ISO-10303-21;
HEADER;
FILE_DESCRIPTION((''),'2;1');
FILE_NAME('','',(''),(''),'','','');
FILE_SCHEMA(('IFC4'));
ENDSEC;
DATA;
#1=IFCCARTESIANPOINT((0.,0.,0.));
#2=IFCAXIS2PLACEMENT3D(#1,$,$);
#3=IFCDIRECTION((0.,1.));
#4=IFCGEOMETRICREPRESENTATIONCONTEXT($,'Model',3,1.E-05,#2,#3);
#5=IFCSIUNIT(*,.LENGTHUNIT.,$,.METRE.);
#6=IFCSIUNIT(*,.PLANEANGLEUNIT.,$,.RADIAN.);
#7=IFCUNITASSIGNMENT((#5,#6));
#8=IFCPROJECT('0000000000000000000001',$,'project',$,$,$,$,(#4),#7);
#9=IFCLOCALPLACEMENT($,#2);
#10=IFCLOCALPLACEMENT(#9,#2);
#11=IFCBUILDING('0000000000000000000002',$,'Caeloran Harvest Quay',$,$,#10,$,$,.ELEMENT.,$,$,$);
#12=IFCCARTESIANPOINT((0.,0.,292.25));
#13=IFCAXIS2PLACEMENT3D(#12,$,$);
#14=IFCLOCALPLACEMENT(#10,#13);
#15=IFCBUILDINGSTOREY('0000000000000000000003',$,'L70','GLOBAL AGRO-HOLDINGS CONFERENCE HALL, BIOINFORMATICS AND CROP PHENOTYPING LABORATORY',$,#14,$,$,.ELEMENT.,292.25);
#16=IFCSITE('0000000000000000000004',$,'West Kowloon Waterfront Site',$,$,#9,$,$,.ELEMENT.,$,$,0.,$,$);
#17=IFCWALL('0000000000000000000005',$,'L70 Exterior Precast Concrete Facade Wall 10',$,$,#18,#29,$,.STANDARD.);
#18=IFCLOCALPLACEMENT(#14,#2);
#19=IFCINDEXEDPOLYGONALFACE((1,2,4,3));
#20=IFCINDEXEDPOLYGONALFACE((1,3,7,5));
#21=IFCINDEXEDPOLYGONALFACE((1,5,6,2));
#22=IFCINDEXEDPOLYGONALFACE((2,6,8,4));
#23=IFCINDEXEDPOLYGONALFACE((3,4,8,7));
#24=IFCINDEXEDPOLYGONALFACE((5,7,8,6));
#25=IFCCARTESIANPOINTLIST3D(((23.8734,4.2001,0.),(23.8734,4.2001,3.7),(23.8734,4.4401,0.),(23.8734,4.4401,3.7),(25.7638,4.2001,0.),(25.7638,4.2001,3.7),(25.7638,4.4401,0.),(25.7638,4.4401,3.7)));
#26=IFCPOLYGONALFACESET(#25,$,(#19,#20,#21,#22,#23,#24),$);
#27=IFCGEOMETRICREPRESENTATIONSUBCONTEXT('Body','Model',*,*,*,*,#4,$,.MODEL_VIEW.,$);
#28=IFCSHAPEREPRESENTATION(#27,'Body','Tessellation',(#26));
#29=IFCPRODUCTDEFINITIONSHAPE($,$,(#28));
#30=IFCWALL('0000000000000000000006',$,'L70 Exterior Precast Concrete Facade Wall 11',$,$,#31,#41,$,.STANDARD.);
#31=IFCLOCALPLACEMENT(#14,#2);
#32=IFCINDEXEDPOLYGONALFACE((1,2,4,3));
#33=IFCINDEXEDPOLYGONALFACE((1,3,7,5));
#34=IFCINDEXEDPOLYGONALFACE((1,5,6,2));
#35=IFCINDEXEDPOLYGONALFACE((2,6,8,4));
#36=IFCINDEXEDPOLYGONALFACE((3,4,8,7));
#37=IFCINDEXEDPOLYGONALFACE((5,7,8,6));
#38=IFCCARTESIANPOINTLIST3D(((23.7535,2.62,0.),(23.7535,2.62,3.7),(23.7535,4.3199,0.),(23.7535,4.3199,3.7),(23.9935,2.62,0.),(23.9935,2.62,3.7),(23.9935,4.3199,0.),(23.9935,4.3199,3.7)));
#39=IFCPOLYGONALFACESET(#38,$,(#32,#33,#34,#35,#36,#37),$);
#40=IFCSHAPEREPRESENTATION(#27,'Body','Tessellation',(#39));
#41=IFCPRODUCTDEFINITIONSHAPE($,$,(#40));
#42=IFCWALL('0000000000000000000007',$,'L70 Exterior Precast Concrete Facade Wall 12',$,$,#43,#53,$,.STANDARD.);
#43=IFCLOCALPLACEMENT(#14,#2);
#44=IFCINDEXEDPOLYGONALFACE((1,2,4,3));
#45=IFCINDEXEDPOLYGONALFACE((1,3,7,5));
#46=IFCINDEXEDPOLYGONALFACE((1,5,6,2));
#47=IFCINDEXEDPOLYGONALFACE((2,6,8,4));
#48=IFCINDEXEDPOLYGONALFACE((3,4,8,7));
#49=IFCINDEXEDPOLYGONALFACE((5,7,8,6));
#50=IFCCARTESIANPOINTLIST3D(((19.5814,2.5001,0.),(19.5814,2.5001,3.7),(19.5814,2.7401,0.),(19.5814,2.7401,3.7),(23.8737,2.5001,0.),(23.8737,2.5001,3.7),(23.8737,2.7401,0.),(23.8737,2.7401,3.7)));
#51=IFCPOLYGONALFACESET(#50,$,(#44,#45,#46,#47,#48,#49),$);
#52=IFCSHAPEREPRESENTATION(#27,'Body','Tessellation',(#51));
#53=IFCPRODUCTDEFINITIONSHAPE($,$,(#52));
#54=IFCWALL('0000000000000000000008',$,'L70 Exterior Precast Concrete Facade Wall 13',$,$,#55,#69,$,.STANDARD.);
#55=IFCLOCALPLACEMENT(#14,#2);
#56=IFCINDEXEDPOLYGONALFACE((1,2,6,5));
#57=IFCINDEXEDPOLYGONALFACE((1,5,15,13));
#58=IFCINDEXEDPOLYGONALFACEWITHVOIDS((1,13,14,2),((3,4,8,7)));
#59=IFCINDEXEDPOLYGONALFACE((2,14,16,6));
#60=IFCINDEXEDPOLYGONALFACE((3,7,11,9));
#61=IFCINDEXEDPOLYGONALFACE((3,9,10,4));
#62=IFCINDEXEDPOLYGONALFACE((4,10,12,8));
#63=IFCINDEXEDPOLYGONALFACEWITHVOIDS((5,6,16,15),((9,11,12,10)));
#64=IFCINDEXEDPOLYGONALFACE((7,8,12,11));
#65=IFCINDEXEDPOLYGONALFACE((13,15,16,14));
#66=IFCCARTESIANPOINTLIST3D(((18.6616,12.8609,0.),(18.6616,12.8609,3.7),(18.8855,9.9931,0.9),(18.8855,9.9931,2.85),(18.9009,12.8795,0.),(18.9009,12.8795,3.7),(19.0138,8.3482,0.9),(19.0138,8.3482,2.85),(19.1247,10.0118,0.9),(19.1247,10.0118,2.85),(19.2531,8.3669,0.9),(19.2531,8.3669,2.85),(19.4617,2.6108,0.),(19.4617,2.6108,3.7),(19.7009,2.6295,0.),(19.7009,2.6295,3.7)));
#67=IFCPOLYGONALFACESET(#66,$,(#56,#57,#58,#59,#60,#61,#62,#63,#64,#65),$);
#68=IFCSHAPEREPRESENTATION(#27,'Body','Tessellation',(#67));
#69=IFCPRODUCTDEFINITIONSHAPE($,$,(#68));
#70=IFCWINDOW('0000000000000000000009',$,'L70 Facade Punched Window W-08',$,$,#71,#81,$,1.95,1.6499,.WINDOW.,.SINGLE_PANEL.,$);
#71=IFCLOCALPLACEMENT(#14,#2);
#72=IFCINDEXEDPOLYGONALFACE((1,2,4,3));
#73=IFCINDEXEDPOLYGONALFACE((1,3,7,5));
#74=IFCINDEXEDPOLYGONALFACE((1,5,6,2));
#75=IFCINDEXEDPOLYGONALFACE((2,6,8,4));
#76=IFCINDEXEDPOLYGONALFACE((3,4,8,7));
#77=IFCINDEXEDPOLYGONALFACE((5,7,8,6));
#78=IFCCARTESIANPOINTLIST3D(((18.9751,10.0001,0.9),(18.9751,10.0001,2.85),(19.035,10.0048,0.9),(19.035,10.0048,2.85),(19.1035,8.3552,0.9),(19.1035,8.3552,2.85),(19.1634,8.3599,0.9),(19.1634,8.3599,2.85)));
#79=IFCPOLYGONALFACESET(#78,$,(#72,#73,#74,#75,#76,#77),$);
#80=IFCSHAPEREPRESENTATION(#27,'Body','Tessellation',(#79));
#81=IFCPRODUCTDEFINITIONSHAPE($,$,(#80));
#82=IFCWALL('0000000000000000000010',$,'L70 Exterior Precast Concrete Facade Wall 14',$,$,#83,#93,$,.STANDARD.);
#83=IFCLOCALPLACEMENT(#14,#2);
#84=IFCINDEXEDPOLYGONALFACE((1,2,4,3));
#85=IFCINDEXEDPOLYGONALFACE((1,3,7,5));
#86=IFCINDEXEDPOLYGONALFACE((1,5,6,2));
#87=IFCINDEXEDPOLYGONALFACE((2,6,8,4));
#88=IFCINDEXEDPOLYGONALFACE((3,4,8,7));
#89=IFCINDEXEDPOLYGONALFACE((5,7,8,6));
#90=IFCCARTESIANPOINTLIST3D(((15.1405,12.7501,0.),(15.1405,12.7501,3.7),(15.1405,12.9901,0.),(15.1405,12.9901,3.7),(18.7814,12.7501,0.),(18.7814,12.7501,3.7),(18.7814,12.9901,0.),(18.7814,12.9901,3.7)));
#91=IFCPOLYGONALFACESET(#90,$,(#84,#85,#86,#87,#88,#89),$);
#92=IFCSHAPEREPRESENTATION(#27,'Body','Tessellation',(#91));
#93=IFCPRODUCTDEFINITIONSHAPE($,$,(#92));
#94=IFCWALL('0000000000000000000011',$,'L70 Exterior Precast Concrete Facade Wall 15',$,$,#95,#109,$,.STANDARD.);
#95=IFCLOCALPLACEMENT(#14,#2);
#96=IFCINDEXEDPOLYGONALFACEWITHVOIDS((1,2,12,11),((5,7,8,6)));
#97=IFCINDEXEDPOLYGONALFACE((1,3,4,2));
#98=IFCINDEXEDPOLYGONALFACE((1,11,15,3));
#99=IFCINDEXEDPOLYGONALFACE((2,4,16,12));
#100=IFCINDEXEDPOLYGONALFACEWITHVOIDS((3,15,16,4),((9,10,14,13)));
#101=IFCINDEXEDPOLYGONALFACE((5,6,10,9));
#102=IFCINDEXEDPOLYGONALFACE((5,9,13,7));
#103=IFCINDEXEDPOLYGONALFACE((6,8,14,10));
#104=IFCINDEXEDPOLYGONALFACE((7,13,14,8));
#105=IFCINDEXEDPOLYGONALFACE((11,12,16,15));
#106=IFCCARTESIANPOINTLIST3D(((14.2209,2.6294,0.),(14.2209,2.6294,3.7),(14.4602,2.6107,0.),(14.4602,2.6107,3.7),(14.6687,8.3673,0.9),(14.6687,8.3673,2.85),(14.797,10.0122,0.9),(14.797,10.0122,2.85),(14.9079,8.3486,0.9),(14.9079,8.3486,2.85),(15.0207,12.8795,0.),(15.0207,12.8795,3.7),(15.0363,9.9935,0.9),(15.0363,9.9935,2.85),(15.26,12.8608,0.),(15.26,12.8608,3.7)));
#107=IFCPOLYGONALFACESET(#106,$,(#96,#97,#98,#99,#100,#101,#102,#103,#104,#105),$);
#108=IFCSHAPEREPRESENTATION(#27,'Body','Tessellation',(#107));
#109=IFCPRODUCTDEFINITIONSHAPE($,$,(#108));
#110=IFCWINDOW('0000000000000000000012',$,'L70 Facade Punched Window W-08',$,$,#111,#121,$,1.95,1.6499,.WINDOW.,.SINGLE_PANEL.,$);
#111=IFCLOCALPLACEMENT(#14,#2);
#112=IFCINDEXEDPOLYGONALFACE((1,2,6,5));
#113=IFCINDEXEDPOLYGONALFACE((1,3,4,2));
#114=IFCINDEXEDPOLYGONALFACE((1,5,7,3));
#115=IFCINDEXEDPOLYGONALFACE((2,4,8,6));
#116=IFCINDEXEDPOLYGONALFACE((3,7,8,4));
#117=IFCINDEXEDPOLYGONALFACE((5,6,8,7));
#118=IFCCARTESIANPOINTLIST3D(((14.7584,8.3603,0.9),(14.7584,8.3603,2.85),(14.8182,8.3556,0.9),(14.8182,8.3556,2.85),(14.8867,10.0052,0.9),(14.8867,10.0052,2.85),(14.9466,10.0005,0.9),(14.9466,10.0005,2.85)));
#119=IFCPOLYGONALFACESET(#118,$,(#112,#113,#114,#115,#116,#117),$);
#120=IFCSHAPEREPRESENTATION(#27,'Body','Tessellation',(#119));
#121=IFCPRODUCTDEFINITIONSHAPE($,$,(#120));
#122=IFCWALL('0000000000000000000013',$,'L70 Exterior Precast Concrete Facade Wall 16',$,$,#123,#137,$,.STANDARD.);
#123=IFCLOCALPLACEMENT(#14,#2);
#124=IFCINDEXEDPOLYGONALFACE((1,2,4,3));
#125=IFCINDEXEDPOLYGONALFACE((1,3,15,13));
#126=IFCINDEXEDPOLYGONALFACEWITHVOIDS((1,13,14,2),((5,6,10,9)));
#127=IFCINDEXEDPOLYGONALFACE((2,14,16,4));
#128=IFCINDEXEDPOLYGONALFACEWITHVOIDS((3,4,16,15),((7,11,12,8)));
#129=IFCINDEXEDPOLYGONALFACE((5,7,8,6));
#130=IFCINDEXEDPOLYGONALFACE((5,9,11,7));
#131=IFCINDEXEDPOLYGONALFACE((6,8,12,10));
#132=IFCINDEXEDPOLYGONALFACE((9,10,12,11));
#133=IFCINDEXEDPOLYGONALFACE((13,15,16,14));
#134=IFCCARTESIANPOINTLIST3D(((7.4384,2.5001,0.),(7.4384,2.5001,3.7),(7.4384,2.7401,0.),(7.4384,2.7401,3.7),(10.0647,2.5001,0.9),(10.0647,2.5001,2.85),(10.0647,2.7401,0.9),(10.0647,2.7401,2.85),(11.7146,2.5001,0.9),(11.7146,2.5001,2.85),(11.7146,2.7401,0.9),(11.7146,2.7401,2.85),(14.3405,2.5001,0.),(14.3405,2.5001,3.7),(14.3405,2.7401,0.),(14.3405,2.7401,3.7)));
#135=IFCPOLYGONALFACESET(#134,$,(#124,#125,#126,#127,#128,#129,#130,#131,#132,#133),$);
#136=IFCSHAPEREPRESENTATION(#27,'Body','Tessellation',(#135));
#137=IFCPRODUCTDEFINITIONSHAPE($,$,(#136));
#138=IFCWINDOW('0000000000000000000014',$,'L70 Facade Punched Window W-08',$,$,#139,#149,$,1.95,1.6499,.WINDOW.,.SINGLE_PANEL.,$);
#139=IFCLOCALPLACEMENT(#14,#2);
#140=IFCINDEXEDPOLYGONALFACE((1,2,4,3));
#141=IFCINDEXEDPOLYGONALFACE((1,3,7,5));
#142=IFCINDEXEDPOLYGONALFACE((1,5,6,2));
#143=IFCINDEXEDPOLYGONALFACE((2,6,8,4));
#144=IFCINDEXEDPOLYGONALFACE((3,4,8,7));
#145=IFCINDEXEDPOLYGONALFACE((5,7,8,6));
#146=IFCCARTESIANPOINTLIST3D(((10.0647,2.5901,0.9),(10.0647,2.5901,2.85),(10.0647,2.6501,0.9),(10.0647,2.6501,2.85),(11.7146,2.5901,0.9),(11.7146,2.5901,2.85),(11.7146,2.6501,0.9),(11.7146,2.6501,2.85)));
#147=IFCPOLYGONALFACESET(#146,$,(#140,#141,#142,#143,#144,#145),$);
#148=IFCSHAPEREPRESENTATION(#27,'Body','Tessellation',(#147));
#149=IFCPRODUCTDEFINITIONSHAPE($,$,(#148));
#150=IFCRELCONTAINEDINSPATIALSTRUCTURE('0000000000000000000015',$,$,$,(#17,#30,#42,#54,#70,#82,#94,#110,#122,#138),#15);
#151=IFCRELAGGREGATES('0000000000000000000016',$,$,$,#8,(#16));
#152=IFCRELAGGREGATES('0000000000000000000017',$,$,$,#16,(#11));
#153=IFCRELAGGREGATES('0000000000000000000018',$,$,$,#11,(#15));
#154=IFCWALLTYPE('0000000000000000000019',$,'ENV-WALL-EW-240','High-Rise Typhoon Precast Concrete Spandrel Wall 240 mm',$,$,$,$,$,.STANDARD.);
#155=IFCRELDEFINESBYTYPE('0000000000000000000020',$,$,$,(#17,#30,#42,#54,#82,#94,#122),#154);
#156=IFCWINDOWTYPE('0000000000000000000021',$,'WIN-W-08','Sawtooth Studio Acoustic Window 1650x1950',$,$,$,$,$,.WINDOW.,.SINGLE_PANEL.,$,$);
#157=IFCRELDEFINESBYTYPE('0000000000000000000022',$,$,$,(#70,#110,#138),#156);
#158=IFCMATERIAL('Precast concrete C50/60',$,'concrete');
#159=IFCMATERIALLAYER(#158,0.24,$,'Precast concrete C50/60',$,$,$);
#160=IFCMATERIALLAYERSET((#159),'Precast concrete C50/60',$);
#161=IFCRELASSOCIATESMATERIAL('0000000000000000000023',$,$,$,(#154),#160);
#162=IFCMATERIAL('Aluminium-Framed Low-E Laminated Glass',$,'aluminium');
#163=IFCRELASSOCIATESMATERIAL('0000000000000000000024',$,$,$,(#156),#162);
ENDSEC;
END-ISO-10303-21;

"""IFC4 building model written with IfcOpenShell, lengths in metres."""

from ifc_helpers import new_model, si_unit, direction, frame, frame_2d, origin, place, context, subcontext, project, spatial, rectangle, extrude, material, layer, layer_set, type_object, element, fill, save


model = new_model("IFC4")

# Units and contexts
model_context = context("Model", 3, precision=1e-05, world=origin(), true_north=direction((0.0, 1.0)))
body_context = subcontext(model_context, "Body", "Model", "MODEL_VIEW")
ifc_project = project(units=[si_unit("LENGTHUNIT", "METRE"), si_unit("PLANEANGLEUNIT", "RADIAN")], contexts=[model_context])

# Site, building, storey
site_placement = place(None, origin())
site = spatial("IfcSite", under=ifc_project, at=site_placement, Name="West Kowloon Waterfront Site", CompositionType="ELEMENT", RefElevation=0.0)
building_placement = place(site_placement, origin())
building = spatial("IfcBuilding", under=site, at=building_placement, Name="Caeloran Harvest Quay", CompositionType="ELEMENT")
storey_placement = place(building_placement, frame((0.0, 0.0, 292.25)))
storey = spatial("IfcBuildingStorey", under=building, at=storey_placement, Name="L70", Description="GLOBAL AGRO-HOLDINGS CONFERENCE HALL, BIOINFORMATICS AND CROP PHENOTYPING LABORATORY", CompositionType="ELEMENT", Elevation=292.25)

# Walls
ifc_material_1 = material(Name="Precast concrete C50/60", Category="concrete")
ifc_layer_1 = layer(ifc_material_1, 0.24, Name="Precast concrete C50/60")
ifc_layer_set_1 = layer_set([ifc_layer_1], Name="Precast concrete C50/60")
wall_type = type_object("IfcWallType", Name="ENV-WALL-EW-240", Description="High-Rise Typhoon Precast Concrete Spandrel Wall 240 mm", PredefinedType="STANDARD", material=ifc_layer_set_1)
wall_1_placement = place(storey_placement, frame((25.7639, 4.3201, 0.0), z_axis=(0.0, 0.0, 1.0), x_axis=(-1.0, 0.0, 0.0)))
element("IfcWall", 1, at=wall_1_placement, inside=storey, type_object=wall_type, Name="L70 Exterior Precast Concrete Facade Wall 10", PredefinedType="STANDARD", context=body_context, shape_type="SweptSolid", body=[
    extrude(rectangle(XDim=1.8904, YDim=0.24, at=frame_2d((0.9453, 0.0))), origin(), (0.0, 0.0, 1.0), 3.7),
])
wall_2_placement = place(storey_placement, frame((23.8735, 4.3201, 0.0), z_axis=(0.0, 0.0, 1.0), x_axis=(0.0, -1.0, 0.0)))
element("IfcWall", 2, at=wall_2_placement, inside=storey, type_object=wall_type, Name="L70 Exterior Precast Concrete Facade Wall 11", PredefinedType="STANDARD", context=body_context, shape_type="SweptSolid", body=[
    extrude(rectangle(XDim=1.7, YDim=0.24, at=frame_2d((0.8501, 0.0))), origin(), (0.0, 0.0, 1.0), 3.7),
])
wall_3_placement = place(storey_placement, frame((23.8735, 2.6201, 0.0), z_axis=(0.0, 0.0, 1.0), x_axis=(-1.0, 0.0, 0.0)))
element("IfcWall", 3, at=wall_3_placement, inside=storey, type_object=wall_type, Name="L70 Exterior Precast Concrete Facade Wall 12", PredefinedType="STANDARD", context=body_context, shape_type="SweptSolid", body=[
    extrude(rectangle(XDim=4.2922, YDim=0.24, at=frame_2d((2.146, 0.0))), origin(), (0.0, 0.0, 1.0), 3.7),
])

# Wall, opening, window
wall_4_placement = place(storey_placement, frame((19.5813, 2.6201, 0.0), z_axis=(0.0, 0.0, 1.0), x_axis=(-0.077817, 0.996968, 0.0)))
wall_4 = element("IfcWall", 4, at=wall_4_placement, inside=storey, type_object=wall_type, Name="L70 Exterior Precast Concrete Facade Wall 13", PredefinedType="STANDARD", context=body_context, shape_type="SweptSolid", body=[
    extrude(rectangle(XDim=10.2812, YDim=0.24, at=frame_2d((5.1406, 0.0))), origin(), (0.0, 0.0, 1.0), 3.7),
])
opening_1_placement = place(wall_4_placement, frame((5.7549, 0.0, 0.8999)))
opening_1 = element("IfcOpeningElement", 5, at=opening_1_placement, cuts=wall_4, PredefinedType="OPENING", context=body_context, shape_type="SweptSolid", body=[
    extrude(rectangle(XDim=1.6499, YDim=1.95, at=frame_2d((0.825, 0.9751))), frame((0.0, 0.1299, 0.0), z_axis=(0.0, -1.0, 0.0), x_axis=(1.0, 0.0, 0.0)), (0.0, 0.0, 1.0), 0.26),
])
ifc_material_2 = material(Name="Aluminium-Framed Low-E Laminated Glass", Category="aluminium")
window_type = type_object("IfcWindowType", Name="WIN-W-08", Description="Sawtooth Studio Acoustic Window 1650x1950", PartitioningType="SINGLE_PANEL", PredefinedType="WINDOW", material=ifc_material_2)
window_1_placement = place(opening_1_placement, origin())
window_1 = element("IfcWindow", 6, at=window_1_placement, inside=storey, type_object=window_type, Name="L70 Facade Punched Window W-08", OverallHeight=1.95, OverallWidth=1.6499, PartitioningType="SINGLE_PANEL", PredefinedType="WINDOW", context=body_context, shape_type="SweptSolid", body=[
    extrude(rectangle(XDim=1.6499, YDim=1.95, at=frame_2d((0.825, 0.9751))), frame((0.0, 0.03, 0.0), z_axis=(0.0, -1.0, 0.0), x_axis=(1.0, 0.0, 0.0)), (0.0, 0.0, 1.0), 0.0601),
])
fill(opening_1, window_1)

# Wall
wall_5_placement = place(storey_placement, frame((18.7812, 12.8701, 0.0), z_axis=(0.0, 0.0, 1.0), x_axis=(-1.0, 0.0, 0.0)))
element("IfcWall", 7, at=wall_5_placement, inside=storey, type_object=wall_type, Name="L70 Exterior Precast Concrete Facade Wall 14", PredefinedType="STANDARD", context=body_context, shape_type="SweptSolid", body=[
    extrude(rectangle(XDim=3.6409, YDim=0.24, at=frame_2d((1.8203, 0.0))), origin(), (0.0, 0.0, 1.0), 3.7),
])

# Walls, openings, windows
wall_6_placement = place(storey_placement, frame((15.1404, 12.8701, 0.0), z_axis=(0.0, 0.0, 1.0), x_axis=(-0.077793, -0.99697, 0.0)))
wall_6 = element("IfcWall", 8, at=wall_6_placement, inside=storey, type_object=wall_type, Name="L70 Exterior Precast Concrete Facade Wall 15", PredefinedType="STANDARD", context=body_context, shape_type="SweptSolid", body=[
    extrude(rectangle(XDim=10.2812, YDim=0.24, at=frame_2d((5.1406, 0.0))), origin(), (0.0, 0.0, 1.0), 3.7),
])
opening_2_placement = place(wall_6_placement, frame((2.876, 0.0, 0.8999)))
opening_2 = element("IfcOpeningElement", 9, at=opening_2_placement, cuts=wall_6, PredefinedType="OPENING", context=body_context, shape_type="SweptSolid", body=[
    extrude(rectangle(XDim=1.6499, YDim=1.95, at=frame_2d((0.825, 0.9751))), frame((0.0, 0.1299, 0.0), z_axis=(0.0, -1.0, 0.0), x_axis=(1.0, 0.0, 0.0)), (0.0, 0.0, 1.0), 0.26),
])
window_2_placement = place(opening_2_placement, origin())
window_2 = element("IfcWindow", 10, at=window_2_placement, inside=storey, type_object=window_type, Name="L70 Facade Punched Window W-08", OverallHeight=1.95, OverallWidth=1.6499, PartitioningType="SINGLE_PANEL", PredefinedType="WINDOW", context=body_context, shape_type="SweptSolid", body=[
    extrude(rectangle(XDim=1.6499, YDim=1.95, at=frame_2d((0.825, 0.9751))), frame((0.0, 0.03, 0.0), z_axis=(0.0, -1.0, 0.0), x_axis=(1.0, 0.0, 0.0)), (0.0, 0.0, 1.0), 0.0601),
])
fill(opening_2, window_2)
wall_7_placement = place(storey_placement, frame((14.3406, 2.6201, 0.0), z_axis=(0.0, 0.0, 1.0), x_axis=(-1.0, 0.0, 0.0)))
wall_7 = element("IfcWall", 11, at=wall_7_placement, inside=storey, type_object=wall_type, Name="L70 Exterior Precast Concrete Facade Wall 16", PredefinedType="STANDARD", context=body_context, shape_type="SweptSolid", body=[
    extrude(rectangle(XDim=6.9021, YDim=0.24, at=frame_2d((3.4512, 0.0))), origin(), (0.0, 0.0, 1.0), 3.7),
])
opening_3_placement = place(wall_7_placement, frame((2.626, 0.0, 0.8999)))
opening_3 = element("IfcOpeningElement", 12, at=opening_3_placement, cuts=wall_7, PredefinedType="OPENING", context=body_context, shape_type="SweptSolid", body=[
    extrude(rectangle(XDim=1.6499, YDim=1.95, at=frame_2d((0.825, 0.9751))), frame((0.0, 0.1299, 0.0), z_axis=(0.0, -1.0, 0.0), x_axis=(1.0, 0.0, 0.0)), (0.0, 0.0, 1.0), 0.26),
])
window_3_placement = place(opening_3_placement, origin())
window_3 = element("IfcWindow", 13, at=window_3_placement, inside=storey, type_object=window_type, Name="L70 Facade Punched Window W-08", OverallHeight=1.95, OverallWidth=1.6499, PartitioningType="SINGLE_PANEL", PredefinedType="WINDOW", context=body_context, shape_type="SweptSolid", body=[
    extrude(rectangle(XDim=1.6499, YDim=1.95, at=frame_2d((0.825, 0.9751))), frame((0.0, 0.03, 0.0), z_axis=(0.0, -1.0, 0.0), x_axis=(1.0, 0.0, 0.0)), (0.0, 0.0, 1.0), 0.0601),
])
fill(opening_3, window_3)

save(model, "model.ifc")
